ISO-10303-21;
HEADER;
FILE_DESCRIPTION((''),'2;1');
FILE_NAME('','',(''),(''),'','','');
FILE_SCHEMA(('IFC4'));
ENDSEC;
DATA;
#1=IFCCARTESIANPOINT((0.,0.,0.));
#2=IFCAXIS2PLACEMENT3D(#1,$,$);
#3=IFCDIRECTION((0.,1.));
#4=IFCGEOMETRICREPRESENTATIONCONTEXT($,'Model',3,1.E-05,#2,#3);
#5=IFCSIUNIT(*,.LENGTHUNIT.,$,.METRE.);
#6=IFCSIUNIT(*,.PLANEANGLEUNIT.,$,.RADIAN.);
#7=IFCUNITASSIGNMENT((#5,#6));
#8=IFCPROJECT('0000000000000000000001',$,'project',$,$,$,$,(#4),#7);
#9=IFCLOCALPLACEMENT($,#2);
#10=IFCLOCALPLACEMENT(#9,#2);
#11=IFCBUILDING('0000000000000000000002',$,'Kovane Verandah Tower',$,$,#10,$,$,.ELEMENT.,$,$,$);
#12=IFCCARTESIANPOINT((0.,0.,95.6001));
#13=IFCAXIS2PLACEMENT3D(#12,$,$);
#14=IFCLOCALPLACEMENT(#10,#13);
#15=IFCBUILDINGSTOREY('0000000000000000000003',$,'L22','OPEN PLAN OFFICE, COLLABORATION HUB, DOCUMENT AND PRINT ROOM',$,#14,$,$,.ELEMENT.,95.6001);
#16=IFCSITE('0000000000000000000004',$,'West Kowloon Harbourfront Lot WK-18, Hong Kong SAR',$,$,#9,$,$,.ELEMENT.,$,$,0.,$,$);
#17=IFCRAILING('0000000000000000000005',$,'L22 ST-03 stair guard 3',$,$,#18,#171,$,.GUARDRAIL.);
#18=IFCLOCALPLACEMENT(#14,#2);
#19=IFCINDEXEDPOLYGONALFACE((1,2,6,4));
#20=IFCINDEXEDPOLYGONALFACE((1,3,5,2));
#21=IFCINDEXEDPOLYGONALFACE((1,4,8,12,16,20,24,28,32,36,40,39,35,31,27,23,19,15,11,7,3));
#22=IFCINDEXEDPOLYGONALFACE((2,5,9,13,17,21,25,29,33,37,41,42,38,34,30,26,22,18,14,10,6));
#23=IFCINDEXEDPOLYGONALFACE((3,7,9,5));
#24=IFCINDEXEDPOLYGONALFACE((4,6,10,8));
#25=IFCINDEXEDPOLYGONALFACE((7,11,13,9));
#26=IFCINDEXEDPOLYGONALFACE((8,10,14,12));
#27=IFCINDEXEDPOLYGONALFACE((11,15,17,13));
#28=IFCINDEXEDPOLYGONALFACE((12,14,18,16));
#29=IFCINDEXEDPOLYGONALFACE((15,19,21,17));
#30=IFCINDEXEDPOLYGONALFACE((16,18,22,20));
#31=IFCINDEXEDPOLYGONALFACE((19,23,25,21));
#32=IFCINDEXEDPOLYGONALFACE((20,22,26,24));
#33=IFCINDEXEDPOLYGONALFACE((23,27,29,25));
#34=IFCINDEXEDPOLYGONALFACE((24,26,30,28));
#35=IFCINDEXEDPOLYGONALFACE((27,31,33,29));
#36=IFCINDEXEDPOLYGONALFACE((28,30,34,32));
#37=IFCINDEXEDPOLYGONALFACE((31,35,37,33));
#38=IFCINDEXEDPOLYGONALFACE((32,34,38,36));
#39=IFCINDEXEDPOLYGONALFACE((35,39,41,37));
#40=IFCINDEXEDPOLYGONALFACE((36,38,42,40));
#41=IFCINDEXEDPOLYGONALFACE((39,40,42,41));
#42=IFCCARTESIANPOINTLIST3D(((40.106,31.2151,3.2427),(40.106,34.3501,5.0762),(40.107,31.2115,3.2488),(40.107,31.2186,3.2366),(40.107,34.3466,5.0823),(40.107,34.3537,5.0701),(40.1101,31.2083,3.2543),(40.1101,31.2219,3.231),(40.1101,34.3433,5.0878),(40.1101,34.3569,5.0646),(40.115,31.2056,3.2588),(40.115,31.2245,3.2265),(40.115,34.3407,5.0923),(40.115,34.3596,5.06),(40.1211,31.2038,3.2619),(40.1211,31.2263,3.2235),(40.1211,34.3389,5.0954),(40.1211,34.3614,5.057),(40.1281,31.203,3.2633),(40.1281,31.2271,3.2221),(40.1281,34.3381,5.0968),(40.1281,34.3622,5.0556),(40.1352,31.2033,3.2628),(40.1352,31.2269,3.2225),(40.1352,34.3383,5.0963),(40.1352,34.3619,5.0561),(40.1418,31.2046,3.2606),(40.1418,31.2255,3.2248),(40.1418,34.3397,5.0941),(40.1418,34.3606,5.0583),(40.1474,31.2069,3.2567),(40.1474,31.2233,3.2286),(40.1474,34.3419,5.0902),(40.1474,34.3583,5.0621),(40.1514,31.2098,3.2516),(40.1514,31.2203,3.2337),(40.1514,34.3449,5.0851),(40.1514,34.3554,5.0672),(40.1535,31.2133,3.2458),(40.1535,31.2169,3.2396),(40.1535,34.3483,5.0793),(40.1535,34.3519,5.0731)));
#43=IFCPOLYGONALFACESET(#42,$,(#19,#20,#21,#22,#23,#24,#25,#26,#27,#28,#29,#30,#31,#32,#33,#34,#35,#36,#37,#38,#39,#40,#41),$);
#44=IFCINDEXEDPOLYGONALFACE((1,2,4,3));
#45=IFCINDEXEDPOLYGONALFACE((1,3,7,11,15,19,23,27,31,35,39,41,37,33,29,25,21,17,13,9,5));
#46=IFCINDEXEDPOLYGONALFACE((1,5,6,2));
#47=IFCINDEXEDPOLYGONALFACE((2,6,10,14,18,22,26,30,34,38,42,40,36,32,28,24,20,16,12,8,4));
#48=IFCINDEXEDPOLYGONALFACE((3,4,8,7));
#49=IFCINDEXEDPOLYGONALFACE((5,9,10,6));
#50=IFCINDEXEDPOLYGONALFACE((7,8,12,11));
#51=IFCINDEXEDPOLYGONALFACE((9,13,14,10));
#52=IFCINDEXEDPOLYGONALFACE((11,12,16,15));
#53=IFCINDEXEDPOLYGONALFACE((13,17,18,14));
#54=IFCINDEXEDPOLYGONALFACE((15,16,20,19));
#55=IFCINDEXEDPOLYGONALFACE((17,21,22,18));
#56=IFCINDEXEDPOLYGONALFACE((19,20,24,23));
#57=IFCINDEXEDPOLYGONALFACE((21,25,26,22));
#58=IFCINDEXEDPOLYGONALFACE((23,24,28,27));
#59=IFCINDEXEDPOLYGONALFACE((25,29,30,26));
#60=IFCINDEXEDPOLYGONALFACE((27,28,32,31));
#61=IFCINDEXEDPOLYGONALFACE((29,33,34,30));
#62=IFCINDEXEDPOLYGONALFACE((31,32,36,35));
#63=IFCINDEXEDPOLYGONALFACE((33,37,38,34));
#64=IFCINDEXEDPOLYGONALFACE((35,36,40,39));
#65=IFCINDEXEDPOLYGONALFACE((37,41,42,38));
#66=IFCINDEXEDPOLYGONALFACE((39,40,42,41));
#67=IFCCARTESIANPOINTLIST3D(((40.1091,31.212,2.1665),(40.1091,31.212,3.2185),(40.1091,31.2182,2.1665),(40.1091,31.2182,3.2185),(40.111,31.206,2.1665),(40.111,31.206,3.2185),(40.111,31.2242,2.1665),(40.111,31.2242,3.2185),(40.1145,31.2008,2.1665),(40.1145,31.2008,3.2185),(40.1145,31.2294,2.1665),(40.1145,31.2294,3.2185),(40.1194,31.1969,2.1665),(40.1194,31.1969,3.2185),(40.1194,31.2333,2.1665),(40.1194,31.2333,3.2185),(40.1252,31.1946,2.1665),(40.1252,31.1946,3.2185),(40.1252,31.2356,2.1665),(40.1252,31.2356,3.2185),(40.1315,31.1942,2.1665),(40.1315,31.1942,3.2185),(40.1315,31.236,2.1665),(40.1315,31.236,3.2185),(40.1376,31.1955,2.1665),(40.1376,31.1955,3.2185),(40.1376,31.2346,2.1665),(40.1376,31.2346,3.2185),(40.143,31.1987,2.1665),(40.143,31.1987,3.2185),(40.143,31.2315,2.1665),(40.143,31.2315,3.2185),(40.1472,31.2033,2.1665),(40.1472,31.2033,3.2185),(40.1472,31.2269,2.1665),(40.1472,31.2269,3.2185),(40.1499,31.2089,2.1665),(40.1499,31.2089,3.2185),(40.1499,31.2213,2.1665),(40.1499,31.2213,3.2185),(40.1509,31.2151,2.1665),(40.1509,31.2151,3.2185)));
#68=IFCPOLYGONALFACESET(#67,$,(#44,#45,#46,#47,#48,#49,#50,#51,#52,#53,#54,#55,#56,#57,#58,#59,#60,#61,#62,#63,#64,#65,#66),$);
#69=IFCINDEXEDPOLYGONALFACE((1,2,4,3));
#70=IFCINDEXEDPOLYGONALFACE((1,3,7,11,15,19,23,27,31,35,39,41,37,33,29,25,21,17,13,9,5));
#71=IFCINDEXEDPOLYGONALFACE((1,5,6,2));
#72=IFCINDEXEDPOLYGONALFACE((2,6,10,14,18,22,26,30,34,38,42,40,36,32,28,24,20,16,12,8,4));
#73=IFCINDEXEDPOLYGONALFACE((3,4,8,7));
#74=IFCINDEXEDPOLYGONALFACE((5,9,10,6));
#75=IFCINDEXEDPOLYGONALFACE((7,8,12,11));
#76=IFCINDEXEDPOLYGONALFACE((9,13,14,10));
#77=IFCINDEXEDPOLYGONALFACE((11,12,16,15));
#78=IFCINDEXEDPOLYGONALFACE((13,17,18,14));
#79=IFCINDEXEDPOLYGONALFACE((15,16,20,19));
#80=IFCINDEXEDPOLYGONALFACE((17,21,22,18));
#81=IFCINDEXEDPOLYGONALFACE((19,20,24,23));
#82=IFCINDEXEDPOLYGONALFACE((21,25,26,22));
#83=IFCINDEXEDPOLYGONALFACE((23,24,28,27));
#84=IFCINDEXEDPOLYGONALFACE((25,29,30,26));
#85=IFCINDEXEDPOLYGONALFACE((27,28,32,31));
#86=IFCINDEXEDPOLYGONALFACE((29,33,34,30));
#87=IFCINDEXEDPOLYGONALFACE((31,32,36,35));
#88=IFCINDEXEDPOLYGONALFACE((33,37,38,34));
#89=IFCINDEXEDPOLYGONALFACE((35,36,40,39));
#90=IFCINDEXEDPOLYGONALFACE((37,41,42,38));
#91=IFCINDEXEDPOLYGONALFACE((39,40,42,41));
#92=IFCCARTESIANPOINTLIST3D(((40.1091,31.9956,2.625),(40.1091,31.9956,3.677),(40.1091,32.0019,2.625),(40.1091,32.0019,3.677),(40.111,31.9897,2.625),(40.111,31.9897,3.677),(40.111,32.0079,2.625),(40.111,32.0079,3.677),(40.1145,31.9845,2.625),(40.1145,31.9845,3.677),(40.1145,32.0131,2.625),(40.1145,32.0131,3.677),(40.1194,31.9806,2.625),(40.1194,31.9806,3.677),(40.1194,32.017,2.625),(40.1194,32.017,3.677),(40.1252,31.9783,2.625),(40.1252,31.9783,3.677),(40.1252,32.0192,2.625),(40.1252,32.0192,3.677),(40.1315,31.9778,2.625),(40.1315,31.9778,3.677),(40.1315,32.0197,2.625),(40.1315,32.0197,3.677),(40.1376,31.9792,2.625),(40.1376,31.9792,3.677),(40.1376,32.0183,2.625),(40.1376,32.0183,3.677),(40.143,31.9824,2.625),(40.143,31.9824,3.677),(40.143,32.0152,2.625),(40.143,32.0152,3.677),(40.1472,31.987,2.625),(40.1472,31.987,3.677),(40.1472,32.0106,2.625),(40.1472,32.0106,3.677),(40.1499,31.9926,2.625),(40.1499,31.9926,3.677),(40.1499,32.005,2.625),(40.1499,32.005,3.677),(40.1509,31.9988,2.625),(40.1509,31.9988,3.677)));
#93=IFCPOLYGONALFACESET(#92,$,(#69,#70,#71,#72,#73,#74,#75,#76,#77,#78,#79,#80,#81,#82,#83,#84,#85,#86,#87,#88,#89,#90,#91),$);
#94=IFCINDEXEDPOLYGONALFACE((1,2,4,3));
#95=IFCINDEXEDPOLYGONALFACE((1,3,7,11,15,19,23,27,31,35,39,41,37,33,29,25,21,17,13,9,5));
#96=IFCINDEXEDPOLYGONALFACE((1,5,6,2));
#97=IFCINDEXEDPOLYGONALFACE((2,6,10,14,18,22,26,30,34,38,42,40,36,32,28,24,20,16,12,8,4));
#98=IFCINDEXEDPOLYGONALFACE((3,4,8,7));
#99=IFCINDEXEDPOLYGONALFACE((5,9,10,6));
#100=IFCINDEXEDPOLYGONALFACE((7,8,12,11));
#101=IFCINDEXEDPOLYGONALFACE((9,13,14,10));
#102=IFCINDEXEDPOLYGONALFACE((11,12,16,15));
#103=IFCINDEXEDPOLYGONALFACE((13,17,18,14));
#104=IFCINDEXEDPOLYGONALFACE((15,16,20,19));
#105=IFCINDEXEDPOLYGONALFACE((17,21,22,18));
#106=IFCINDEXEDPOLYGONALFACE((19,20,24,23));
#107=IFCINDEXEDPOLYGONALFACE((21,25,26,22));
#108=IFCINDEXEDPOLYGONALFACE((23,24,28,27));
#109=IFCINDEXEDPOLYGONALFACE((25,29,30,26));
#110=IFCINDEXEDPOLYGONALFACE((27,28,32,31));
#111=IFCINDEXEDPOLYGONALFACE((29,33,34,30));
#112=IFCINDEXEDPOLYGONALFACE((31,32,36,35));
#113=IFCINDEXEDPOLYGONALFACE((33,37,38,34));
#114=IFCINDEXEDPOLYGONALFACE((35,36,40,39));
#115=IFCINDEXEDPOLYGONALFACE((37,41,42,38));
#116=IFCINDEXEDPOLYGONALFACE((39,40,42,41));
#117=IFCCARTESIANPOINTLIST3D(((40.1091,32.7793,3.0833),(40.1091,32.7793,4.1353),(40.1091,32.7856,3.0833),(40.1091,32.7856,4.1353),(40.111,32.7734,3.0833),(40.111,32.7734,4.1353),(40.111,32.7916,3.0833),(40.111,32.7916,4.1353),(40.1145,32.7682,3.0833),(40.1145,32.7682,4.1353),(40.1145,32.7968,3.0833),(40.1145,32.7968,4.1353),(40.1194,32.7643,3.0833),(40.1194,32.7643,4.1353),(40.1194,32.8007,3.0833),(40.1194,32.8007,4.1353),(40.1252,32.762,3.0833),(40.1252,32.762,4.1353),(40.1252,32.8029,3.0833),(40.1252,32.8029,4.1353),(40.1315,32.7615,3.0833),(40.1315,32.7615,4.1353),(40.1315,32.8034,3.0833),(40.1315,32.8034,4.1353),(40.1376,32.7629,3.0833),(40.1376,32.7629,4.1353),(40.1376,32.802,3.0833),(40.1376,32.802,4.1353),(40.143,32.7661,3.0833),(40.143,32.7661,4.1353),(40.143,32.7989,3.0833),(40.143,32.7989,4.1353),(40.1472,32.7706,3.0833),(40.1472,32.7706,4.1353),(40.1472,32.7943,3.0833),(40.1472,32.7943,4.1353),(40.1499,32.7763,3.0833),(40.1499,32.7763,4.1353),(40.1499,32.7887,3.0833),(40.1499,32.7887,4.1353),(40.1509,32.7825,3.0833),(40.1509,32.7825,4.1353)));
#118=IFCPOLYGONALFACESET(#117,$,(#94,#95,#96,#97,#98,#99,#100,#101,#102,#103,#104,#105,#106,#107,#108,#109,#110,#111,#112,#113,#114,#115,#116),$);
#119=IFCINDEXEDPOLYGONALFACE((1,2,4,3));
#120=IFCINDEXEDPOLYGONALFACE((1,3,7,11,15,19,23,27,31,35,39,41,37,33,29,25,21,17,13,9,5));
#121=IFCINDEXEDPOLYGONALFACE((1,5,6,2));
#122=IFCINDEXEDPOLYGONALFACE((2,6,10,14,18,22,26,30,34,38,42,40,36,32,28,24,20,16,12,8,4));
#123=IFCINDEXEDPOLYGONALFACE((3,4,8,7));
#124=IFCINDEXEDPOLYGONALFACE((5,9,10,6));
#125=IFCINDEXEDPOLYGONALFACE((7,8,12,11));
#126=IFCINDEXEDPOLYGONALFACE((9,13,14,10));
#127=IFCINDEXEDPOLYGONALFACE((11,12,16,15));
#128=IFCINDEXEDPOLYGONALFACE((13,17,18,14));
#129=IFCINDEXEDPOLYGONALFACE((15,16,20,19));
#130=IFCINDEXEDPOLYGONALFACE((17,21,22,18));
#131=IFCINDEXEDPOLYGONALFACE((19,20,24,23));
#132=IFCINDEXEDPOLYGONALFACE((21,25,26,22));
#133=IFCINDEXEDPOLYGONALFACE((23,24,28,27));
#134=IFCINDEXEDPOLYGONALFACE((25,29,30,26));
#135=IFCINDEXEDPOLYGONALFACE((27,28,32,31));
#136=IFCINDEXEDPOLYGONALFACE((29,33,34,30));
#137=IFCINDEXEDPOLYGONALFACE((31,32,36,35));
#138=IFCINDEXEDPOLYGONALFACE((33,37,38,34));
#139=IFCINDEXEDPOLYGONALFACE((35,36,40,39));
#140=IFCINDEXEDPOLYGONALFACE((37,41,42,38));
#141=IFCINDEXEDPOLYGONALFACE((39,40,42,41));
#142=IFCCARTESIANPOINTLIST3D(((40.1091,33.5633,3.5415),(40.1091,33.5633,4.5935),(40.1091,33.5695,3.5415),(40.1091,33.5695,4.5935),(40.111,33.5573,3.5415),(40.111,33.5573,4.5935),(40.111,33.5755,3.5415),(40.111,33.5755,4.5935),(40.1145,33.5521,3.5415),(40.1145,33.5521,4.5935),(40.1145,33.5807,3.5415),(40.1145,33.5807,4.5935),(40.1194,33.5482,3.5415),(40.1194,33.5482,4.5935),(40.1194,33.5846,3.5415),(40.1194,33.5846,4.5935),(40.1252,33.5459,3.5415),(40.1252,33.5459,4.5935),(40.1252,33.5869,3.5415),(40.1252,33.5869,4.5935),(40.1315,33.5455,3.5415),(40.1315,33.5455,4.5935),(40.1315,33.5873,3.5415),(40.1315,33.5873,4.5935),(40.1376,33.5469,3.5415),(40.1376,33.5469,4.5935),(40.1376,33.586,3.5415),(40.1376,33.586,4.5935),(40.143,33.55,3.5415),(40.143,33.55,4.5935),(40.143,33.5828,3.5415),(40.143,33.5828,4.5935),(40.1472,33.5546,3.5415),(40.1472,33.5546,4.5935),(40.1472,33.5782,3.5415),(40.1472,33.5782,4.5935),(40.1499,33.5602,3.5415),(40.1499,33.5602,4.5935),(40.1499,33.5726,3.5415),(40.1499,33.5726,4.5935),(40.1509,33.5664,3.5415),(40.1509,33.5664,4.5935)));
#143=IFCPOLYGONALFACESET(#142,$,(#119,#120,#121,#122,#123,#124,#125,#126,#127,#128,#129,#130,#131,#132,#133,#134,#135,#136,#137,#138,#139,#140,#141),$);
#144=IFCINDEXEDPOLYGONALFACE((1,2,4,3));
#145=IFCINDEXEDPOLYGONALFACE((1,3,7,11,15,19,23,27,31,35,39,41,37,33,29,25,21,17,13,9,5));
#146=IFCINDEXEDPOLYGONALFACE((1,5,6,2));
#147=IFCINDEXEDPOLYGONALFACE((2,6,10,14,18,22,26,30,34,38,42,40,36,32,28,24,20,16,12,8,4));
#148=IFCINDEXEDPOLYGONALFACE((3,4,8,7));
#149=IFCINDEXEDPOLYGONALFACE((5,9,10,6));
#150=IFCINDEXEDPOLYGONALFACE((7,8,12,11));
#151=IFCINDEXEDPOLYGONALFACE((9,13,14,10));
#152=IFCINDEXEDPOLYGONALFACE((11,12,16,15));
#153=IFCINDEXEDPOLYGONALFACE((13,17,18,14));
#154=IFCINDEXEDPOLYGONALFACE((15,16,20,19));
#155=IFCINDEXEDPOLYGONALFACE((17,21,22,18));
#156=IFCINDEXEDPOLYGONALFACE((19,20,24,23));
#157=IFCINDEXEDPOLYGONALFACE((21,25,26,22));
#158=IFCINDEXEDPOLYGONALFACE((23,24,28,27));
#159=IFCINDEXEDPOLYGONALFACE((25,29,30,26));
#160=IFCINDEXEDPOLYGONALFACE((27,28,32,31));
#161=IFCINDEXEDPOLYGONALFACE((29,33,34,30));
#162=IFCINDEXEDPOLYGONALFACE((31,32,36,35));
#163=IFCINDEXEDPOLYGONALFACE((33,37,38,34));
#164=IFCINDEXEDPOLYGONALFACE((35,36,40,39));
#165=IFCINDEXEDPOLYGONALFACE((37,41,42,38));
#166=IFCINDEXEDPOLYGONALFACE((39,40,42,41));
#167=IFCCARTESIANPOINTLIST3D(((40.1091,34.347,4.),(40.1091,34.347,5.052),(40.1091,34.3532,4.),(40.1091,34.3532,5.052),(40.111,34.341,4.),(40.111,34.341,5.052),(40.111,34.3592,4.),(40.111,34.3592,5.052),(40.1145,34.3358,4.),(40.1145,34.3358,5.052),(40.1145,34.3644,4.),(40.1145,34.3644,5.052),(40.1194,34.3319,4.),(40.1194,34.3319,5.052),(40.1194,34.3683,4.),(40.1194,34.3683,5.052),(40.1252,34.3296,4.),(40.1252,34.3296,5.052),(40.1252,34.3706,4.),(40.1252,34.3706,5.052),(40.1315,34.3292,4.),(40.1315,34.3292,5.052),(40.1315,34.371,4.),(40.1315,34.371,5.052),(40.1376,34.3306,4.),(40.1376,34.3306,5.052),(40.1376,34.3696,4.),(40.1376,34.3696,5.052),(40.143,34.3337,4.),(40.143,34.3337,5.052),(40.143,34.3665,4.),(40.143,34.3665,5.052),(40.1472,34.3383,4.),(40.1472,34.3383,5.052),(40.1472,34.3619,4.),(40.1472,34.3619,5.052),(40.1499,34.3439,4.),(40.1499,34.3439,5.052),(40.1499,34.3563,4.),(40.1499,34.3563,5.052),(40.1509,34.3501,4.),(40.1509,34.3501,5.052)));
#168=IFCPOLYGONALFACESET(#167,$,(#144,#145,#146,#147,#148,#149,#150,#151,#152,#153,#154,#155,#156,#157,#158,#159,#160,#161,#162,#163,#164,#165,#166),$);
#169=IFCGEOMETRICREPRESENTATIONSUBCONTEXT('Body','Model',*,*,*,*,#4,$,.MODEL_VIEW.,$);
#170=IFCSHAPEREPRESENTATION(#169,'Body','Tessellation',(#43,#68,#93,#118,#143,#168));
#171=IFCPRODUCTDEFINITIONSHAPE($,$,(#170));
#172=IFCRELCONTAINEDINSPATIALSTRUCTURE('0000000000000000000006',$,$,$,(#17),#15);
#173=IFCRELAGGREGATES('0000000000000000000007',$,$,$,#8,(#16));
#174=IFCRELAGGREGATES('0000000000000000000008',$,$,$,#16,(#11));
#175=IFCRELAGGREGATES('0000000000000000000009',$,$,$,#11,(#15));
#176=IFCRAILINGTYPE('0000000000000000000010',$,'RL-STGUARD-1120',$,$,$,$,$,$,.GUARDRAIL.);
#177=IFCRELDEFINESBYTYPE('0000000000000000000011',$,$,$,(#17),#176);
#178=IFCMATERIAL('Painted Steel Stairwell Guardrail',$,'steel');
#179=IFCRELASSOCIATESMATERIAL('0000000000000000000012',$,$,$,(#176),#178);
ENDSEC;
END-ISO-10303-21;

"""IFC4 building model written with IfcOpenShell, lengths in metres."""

from ifc_helpers import new_model, si_unit, direction, frame, origin, origin_2d, place, context, subcontext, project, spatial, circle, extrude, material, type_object, element, save


model = new_model("IFC4")

# Units and contexts
model_context = context("Model", 3, precision=1e-05, world=origin(), true_north=direction((0.0, 1.0)))
body_context = subcontext(model_context, "Body", "Model", "MODEL_VIEW")
ifc_project = project(units=[si_unit("LENGTHUNIT", "METRE"), si_unit("PLANEANGLEUNIT", "RADIAN")], contexts=[model_context])

# Site, building, storey
site_placement = place(None, origin())
site = spatial("IfcSite", under=ifc_project, at=site_placement, Name="West Kowloon Harbourfront Lot WK-18, Hong Kong SAR", CompositionType="ELEMENT", RefElevation=0.0)
building_placement = place(site_placement, origin())
building = spatial("IfcBuilding", under=site, at=building_placement, Name="Kovane Verandah Tower", CompositionType="ELEMENT")
storey_placement = place(building_placement, frame((0.0, 0.0, 95.6001)))
storey = spatial("IfcBuildingStorey", under=building, at=storey_placement, Name="L22", Description="OPEN PLAN OFFICE, COLLABORATION HUB, DOCUMENT AND PRINT ROOM", CompositionType="ELEMENT", Elevation=95.6001)

# Railing
ifc_material_1 = material(Name="Painted Steel Stairwell Guardrail", Category="steel")
railing_type_1 = type_object("IfcRailingType", Name="RL-STGUARD-1120", PredefinedType="GUARDRAIL", material=ifc_material_1)
railing_1_placement = place(storey_placement, frame((40.1299, 31.2151, 2.1665)))
element("IfcRailing", 1, at=railing_1_placement, inside=storey, type_object=railing_type_1, Name="L22 ST-03 stair guard 3", PredefinedType="GUARDRAIL", context=body_context, shape_type="SweptSolid", body=[
    extrude(circle(Radius=0.0239, at=origin_2d()), frame((0.0, 0.0, 1.0762), z_axis=(0.0, 0.86321, 0.504845), x_axis=(-1.0, 0.0, 0.0)), (0.0, 0.0, 1.0), 3.6318),
    extrude(circle(Radius=0.021, at=origin_2d()), origin(), (0.0, 0.0, 1.0), 1.052),
    extrude(circle(Radius=0.021, at=origin_2d()), frame((0.0, 0.7837, 0.4585)), (0.0, 0.0, 1.0), 1.052),
    extrude(circle(Radius=0.021, at=origin_2d()), frame((0.0, 1.5674, 0.9167)), (0.0, 0.0, 1.0), 1.052),
    extrude(circle(Radius=0.021, at=origin_2d()), frame((0.0, 2.3513, 1.375)), (0.0, 0.0, 1.0), 1.052),
    extrude(circle(Radius=0.021, at=origin_2d()), frame((0.0, 3.135, 1.8335)), (0.0, 0.0, 1.0), 1.052),
])

save(model, "model.ifc")
